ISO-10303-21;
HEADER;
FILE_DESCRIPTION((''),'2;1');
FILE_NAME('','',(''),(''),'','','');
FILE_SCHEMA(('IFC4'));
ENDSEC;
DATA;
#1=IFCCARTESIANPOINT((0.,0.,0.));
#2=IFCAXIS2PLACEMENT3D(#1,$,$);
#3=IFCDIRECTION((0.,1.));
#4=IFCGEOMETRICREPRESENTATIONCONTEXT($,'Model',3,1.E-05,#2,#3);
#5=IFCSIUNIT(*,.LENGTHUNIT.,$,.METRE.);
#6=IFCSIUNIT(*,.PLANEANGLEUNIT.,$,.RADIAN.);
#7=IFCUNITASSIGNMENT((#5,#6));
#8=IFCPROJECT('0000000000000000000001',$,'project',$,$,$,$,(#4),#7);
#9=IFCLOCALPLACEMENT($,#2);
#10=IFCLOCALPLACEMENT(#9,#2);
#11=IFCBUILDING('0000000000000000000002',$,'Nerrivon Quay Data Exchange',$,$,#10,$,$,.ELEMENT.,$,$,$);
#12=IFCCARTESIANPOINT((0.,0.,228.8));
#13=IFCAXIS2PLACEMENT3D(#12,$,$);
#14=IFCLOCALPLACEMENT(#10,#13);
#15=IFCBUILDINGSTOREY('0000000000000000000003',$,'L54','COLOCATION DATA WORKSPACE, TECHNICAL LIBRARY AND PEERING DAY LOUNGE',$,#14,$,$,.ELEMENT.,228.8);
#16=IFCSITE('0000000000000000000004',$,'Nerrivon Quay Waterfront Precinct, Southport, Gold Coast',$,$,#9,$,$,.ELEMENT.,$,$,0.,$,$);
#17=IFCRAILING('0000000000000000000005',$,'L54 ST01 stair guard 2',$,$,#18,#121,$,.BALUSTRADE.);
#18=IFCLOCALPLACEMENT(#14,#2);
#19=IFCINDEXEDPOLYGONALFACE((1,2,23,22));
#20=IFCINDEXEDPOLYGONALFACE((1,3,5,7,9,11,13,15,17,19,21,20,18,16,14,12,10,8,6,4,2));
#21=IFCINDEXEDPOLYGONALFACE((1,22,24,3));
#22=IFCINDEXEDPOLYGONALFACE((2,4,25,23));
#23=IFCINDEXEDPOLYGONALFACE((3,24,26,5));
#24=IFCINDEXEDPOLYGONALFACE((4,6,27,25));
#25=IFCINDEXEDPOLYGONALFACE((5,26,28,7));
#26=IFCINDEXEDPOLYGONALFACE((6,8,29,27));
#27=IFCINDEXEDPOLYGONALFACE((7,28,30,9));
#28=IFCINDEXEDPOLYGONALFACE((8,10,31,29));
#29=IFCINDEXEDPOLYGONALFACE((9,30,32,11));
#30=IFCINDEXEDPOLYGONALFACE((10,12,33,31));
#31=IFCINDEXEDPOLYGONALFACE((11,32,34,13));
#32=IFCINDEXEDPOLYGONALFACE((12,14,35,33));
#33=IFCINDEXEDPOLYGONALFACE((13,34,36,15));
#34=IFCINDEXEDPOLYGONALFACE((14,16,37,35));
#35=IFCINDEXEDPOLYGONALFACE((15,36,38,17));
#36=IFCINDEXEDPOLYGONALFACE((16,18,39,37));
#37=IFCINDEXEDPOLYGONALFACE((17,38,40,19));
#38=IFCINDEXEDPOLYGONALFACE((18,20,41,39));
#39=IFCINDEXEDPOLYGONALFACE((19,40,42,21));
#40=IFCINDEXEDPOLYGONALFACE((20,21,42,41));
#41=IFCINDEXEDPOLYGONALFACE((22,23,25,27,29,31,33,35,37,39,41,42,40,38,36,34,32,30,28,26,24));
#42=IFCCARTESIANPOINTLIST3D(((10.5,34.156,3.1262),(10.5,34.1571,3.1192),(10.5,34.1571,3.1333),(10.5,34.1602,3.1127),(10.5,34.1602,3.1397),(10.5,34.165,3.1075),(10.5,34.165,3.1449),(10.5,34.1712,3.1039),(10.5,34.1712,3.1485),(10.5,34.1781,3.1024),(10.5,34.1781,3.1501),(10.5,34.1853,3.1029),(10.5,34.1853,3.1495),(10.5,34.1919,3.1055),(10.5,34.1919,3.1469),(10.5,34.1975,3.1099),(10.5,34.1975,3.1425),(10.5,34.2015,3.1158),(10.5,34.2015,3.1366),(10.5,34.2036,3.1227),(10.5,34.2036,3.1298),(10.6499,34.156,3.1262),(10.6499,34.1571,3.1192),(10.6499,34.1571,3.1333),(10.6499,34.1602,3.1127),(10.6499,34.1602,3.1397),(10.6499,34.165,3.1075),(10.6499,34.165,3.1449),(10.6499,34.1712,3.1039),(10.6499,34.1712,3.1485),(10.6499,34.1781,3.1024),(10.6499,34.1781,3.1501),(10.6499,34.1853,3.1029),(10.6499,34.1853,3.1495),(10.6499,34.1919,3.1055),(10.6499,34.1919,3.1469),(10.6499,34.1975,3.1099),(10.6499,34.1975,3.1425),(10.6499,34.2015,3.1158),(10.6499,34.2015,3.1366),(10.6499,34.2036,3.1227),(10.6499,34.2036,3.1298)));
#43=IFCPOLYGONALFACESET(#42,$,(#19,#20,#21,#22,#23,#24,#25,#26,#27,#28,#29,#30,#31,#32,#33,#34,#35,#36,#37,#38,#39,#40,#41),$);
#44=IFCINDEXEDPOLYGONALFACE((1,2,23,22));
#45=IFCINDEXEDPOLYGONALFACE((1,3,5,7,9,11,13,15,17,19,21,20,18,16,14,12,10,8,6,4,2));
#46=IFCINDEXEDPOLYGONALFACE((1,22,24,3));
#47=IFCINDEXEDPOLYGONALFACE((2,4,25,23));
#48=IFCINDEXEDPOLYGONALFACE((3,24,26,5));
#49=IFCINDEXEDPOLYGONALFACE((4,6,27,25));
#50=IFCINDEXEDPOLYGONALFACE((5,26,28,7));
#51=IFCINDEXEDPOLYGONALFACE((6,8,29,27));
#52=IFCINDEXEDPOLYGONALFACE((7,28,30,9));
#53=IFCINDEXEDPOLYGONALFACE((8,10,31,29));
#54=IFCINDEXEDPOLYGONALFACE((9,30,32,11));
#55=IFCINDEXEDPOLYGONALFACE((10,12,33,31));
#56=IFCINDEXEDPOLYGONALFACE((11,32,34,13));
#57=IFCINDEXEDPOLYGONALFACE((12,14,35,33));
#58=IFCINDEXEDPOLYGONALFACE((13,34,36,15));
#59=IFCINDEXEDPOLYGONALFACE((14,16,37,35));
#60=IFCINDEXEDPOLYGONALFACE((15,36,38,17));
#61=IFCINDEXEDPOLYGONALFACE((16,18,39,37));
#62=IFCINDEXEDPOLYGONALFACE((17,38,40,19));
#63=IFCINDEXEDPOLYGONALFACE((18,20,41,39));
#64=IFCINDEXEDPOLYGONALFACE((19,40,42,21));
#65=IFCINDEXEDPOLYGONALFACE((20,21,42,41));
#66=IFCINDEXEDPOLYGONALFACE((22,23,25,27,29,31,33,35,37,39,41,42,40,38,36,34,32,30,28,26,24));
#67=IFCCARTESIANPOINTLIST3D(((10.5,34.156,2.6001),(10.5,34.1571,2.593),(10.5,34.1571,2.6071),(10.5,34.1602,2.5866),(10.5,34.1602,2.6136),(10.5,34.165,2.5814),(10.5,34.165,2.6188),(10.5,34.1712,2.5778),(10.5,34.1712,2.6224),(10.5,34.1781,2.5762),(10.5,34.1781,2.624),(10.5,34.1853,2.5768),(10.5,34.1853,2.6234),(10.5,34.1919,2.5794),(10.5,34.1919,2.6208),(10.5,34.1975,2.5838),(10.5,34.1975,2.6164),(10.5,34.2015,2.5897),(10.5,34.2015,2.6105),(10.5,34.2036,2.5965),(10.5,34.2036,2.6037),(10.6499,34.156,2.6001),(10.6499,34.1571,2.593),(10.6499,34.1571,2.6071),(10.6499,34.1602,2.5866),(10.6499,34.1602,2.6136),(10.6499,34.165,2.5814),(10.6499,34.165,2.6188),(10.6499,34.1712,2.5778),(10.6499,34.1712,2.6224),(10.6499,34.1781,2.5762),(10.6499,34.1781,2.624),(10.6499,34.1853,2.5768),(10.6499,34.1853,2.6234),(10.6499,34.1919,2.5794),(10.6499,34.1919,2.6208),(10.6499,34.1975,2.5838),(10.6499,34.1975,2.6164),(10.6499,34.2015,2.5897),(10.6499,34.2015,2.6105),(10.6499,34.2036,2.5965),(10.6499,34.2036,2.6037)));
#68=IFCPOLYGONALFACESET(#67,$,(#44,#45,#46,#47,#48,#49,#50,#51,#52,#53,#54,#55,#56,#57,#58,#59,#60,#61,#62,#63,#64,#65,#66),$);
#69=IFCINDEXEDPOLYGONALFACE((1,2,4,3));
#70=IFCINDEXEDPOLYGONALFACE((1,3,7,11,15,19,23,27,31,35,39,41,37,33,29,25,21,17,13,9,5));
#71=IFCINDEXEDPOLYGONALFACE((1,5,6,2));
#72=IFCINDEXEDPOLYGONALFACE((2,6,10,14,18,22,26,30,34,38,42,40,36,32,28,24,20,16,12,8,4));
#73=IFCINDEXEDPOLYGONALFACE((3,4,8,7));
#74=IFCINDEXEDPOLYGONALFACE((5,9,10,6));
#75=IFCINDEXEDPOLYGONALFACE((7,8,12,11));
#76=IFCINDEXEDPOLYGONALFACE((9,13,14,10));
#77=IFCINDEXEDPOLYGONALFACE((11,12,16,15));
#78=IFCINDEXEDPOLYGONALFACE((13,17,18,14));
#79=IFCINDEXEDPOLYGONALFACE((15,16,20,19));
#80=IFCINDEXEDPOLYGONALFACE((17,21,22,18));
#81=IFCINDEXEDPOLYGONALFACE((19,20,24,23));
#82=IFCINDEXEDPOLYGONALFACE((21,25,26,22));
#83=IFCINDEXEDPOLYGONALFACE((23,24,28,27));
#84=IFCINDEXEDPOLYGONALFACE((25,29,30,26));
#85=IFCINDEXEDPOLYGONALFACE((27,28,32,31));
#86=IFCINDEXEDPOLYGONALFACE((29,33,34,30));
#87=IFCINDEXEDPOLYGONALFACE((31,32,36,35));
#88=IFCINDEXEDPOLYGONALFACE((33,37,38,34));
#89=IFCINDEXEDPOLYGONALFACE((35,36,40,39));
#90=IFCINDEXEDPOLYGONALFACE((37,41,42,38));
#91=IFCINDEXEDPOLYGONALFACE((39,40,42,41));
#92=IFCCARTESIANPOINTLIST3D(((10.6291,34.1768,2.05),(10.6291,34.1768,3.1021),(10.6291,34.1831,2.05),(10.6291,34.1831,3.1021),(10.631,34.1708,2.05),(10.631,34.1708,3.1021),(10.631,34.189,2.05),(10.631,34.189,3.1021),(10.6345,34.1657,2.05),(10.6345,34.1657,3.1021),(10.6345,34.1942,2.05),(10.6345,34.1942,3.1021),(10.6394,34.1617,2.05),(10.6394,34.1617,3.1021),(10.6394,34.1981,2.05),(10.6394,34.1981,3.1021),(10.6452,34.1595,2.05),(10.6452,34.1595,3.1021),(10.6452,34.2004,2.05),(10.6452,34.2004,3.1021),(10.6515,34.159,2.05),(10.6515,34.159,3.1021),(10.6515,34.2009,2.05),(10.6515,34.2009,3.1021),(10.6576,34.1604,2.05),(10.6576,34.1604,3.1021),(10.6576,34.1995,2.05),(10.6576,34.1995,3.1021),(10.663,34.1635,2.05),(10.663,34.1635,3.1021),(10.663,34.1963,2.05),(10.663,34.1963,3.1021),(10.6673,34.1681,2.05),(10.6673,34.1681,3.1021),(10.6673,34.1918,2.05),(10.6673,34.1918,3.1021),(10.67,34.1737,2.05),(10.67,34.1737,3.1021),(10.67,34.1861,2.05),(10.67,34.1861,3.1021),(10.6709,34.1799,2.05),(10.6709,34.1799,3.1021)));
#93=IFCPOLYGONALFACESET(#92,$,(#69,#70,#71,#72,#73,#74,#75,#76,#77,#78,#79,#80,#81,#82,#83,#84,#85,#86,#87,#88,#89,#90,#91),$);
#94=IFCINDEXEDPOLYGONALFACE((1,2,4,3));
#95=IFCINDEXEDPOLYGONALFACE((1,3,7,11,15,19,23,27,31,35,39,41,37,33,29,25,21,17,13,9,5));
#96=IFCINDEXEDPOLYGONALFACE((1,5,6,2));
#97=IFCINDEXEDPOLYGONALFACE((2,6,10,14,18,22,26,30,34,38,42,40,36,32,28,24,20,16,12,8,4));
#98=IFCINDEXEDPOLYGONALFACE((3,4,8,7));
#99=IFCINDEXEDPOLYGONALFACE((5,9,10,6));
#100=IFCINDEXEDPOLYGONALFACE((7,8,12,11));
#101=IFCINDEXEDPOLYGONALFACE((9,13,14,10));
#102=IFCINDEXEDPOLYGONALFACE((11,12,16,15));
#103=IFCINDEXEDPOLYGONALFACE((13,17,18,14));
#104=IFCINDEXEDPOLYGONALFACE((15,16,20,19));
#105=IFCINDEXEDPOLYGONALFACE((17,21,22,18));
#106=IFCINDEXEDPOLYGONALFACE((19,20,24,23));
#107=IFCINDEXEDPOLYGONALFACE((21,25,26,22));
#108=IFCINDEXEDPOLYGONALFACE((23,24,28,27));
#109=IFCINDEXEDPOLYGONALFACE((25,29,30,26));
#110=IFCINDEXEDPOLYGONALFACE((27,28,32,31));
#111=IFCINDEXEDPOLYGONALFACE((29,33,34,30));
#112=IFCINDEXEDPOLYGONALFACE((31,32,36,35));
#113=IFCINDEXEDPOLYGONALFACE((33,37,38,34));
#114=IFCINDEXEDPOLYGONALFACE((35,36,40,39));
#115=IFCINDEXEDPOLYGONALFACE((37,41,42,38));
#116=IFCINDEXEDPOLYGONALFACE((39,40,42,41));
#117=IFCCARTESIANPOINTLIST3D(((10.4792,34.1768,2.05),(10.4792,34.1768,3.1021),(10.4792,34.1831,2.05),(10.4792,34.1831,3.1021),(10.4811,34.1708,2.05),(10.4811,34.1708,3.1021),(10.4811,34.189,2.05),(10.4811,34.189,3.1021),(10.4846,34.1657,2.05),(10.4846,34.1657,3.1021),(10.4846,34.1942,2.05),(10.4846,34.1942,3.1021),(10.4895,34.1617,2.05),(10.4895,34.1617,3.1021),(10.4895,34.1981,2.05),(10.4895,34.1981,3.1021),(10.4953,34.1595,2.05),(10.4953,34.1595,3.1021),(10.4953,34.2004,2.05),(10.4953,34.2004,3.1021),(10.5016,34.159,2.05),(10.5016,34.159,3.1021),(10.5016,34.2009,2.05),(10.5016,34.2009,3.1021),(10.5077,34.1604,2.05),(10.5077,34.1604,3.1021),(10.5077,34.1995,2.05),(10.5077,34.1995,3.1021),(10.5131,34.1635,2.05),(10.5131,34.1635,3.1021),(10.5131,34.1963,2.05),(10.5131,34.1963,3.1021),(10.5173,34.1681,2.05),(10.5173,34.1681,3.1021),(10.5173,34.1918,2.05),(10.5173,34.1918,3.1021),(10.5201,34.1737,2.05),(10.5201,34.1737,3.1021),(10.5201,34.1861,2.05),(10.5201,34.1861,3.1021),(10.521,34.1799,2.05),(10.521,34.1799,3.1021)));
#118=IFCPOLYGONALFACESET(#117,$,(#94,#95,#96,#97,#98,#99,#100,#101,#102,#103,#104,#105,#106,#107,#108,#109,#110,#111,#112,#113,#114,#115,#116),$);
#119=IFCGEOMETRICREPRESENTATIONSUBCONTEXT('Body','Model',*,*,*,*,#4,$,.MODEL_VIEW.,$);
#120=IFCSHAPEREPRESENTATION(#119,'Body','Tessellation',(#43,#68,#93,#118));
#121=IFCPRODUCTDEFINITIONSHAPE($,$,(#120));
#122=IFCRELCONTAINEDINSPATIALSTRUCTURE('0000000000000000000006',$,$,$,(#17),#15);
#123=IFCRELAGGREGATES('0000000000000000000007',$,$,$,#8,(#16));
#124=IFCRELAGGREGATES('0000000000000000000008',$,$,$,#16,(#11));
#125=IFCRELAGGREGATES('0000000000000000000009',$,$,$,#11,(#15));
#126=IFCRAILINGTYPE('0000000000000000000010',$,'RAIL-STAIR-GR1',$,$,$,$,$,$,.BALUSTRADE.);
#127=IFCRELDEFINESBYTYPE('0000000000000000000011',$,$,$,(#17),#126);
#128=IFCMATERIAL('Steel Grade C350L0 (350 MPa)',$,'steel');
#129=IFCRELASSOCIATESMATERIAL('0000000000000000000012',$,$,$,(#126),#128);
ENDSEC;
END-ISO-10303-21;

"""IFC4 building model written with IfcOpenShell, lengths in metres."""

from ifc_helpers import new_model, si_unit, direction, frame, origin, origin_2d, place, context, subcontext, project, spatial, circle, extrude, material, type_object, element, save


model = new_model("IFC4")

# Units and contexts
model_context = context("Model", 3, precision=1e-05, world=origin(), true_north=direction((0.0, 1.0)))
body_context = subcontext(model_context, "Body", "Model", "MODEL_VIEW")
ifc_project = project(units=[si_unit("LENGTHUNIT", "METRE"), si_unit("PLANEANGLEUNIT", "RADIAN")], contexts=[model_context])

# Site, building, storey
site_placement = place(None, origin())
site = spatial("IfcSite", under=ifc_project, at=site_placement, Name="Nerrivon Quay Waterfront Precinct, Southport, Gold Coast", CompositionType="ELEMENT", RefElevation=0.0)
building_placement = place(site_placement, origin())
building = spatial("IfcBuilding", under=site, at=building_placement, Name="Nerrivon Quay Data Exchange", CompositionType="ELEMENT")
storey_placement = place(building_placement, frame((0.0, 0.0, 228.8)))
storey = spatial("IfcBuildingStorey", under=building, at=storey_placement, Name="L54", Description="COLOCATION DATA WORKSPACE, TECHNICAL LIBRARY AND PEERING DAY LOUNGE", CompositionType="ELEMENT", Elevation=228.8)

# Shared definitions
ifc_material_1 = material(Name="Steel Grade C350L0 (350 MPa)", Category="steel")

# Railing
railing_type_1 = type_object("IfcRailingType", Name="RAIL-STAIR-GR1", PredefinedType="BALUSTRADE", material=ifc_material_1)
railing_1_placement = place(storey_placement, frame((10.6499, 34.1799, 2.05)))
element("IfcRailing", 1, at=railing_1_placement, inside=storey, type_object=railing_type_1, Name="L54 ST01 stair guard 2", PredefinedType="BALUSTRADE", context=body_context, shape_type="SweptSolid", body=[
    extrude(circle(Radius=0.0239, at=origin_2d()), frame((0.0, 0.0, 1.0762), z_axis=(-1.0, 0.0, 0.0), x_axis=(0.0, -1.0, 0.0)), (0.0, 0.0, 1.0), 0.1499),
    extrude(circle(Radius=0.0239, at=origin_2d()), frame((0.0, 0.0, 0.55), z_axis=(-1.0, 0.0, 0.0), x_axis=(0.0, -1.0, 0.0)), (0.0, 0.0, 1.0), 0.1499),
    extrude(circle(Radius=0.021, at=origin_2d()), origin(), (0.0, 0.0, 1.0), 1.052),
    extrude(circle(Radius=0.021, at=origin_2d()), frame((-0.1499, 0.0, 0.0)), (0.0, 0.0, 1.0), 1.052),
])

save(model, "model.ifc")
